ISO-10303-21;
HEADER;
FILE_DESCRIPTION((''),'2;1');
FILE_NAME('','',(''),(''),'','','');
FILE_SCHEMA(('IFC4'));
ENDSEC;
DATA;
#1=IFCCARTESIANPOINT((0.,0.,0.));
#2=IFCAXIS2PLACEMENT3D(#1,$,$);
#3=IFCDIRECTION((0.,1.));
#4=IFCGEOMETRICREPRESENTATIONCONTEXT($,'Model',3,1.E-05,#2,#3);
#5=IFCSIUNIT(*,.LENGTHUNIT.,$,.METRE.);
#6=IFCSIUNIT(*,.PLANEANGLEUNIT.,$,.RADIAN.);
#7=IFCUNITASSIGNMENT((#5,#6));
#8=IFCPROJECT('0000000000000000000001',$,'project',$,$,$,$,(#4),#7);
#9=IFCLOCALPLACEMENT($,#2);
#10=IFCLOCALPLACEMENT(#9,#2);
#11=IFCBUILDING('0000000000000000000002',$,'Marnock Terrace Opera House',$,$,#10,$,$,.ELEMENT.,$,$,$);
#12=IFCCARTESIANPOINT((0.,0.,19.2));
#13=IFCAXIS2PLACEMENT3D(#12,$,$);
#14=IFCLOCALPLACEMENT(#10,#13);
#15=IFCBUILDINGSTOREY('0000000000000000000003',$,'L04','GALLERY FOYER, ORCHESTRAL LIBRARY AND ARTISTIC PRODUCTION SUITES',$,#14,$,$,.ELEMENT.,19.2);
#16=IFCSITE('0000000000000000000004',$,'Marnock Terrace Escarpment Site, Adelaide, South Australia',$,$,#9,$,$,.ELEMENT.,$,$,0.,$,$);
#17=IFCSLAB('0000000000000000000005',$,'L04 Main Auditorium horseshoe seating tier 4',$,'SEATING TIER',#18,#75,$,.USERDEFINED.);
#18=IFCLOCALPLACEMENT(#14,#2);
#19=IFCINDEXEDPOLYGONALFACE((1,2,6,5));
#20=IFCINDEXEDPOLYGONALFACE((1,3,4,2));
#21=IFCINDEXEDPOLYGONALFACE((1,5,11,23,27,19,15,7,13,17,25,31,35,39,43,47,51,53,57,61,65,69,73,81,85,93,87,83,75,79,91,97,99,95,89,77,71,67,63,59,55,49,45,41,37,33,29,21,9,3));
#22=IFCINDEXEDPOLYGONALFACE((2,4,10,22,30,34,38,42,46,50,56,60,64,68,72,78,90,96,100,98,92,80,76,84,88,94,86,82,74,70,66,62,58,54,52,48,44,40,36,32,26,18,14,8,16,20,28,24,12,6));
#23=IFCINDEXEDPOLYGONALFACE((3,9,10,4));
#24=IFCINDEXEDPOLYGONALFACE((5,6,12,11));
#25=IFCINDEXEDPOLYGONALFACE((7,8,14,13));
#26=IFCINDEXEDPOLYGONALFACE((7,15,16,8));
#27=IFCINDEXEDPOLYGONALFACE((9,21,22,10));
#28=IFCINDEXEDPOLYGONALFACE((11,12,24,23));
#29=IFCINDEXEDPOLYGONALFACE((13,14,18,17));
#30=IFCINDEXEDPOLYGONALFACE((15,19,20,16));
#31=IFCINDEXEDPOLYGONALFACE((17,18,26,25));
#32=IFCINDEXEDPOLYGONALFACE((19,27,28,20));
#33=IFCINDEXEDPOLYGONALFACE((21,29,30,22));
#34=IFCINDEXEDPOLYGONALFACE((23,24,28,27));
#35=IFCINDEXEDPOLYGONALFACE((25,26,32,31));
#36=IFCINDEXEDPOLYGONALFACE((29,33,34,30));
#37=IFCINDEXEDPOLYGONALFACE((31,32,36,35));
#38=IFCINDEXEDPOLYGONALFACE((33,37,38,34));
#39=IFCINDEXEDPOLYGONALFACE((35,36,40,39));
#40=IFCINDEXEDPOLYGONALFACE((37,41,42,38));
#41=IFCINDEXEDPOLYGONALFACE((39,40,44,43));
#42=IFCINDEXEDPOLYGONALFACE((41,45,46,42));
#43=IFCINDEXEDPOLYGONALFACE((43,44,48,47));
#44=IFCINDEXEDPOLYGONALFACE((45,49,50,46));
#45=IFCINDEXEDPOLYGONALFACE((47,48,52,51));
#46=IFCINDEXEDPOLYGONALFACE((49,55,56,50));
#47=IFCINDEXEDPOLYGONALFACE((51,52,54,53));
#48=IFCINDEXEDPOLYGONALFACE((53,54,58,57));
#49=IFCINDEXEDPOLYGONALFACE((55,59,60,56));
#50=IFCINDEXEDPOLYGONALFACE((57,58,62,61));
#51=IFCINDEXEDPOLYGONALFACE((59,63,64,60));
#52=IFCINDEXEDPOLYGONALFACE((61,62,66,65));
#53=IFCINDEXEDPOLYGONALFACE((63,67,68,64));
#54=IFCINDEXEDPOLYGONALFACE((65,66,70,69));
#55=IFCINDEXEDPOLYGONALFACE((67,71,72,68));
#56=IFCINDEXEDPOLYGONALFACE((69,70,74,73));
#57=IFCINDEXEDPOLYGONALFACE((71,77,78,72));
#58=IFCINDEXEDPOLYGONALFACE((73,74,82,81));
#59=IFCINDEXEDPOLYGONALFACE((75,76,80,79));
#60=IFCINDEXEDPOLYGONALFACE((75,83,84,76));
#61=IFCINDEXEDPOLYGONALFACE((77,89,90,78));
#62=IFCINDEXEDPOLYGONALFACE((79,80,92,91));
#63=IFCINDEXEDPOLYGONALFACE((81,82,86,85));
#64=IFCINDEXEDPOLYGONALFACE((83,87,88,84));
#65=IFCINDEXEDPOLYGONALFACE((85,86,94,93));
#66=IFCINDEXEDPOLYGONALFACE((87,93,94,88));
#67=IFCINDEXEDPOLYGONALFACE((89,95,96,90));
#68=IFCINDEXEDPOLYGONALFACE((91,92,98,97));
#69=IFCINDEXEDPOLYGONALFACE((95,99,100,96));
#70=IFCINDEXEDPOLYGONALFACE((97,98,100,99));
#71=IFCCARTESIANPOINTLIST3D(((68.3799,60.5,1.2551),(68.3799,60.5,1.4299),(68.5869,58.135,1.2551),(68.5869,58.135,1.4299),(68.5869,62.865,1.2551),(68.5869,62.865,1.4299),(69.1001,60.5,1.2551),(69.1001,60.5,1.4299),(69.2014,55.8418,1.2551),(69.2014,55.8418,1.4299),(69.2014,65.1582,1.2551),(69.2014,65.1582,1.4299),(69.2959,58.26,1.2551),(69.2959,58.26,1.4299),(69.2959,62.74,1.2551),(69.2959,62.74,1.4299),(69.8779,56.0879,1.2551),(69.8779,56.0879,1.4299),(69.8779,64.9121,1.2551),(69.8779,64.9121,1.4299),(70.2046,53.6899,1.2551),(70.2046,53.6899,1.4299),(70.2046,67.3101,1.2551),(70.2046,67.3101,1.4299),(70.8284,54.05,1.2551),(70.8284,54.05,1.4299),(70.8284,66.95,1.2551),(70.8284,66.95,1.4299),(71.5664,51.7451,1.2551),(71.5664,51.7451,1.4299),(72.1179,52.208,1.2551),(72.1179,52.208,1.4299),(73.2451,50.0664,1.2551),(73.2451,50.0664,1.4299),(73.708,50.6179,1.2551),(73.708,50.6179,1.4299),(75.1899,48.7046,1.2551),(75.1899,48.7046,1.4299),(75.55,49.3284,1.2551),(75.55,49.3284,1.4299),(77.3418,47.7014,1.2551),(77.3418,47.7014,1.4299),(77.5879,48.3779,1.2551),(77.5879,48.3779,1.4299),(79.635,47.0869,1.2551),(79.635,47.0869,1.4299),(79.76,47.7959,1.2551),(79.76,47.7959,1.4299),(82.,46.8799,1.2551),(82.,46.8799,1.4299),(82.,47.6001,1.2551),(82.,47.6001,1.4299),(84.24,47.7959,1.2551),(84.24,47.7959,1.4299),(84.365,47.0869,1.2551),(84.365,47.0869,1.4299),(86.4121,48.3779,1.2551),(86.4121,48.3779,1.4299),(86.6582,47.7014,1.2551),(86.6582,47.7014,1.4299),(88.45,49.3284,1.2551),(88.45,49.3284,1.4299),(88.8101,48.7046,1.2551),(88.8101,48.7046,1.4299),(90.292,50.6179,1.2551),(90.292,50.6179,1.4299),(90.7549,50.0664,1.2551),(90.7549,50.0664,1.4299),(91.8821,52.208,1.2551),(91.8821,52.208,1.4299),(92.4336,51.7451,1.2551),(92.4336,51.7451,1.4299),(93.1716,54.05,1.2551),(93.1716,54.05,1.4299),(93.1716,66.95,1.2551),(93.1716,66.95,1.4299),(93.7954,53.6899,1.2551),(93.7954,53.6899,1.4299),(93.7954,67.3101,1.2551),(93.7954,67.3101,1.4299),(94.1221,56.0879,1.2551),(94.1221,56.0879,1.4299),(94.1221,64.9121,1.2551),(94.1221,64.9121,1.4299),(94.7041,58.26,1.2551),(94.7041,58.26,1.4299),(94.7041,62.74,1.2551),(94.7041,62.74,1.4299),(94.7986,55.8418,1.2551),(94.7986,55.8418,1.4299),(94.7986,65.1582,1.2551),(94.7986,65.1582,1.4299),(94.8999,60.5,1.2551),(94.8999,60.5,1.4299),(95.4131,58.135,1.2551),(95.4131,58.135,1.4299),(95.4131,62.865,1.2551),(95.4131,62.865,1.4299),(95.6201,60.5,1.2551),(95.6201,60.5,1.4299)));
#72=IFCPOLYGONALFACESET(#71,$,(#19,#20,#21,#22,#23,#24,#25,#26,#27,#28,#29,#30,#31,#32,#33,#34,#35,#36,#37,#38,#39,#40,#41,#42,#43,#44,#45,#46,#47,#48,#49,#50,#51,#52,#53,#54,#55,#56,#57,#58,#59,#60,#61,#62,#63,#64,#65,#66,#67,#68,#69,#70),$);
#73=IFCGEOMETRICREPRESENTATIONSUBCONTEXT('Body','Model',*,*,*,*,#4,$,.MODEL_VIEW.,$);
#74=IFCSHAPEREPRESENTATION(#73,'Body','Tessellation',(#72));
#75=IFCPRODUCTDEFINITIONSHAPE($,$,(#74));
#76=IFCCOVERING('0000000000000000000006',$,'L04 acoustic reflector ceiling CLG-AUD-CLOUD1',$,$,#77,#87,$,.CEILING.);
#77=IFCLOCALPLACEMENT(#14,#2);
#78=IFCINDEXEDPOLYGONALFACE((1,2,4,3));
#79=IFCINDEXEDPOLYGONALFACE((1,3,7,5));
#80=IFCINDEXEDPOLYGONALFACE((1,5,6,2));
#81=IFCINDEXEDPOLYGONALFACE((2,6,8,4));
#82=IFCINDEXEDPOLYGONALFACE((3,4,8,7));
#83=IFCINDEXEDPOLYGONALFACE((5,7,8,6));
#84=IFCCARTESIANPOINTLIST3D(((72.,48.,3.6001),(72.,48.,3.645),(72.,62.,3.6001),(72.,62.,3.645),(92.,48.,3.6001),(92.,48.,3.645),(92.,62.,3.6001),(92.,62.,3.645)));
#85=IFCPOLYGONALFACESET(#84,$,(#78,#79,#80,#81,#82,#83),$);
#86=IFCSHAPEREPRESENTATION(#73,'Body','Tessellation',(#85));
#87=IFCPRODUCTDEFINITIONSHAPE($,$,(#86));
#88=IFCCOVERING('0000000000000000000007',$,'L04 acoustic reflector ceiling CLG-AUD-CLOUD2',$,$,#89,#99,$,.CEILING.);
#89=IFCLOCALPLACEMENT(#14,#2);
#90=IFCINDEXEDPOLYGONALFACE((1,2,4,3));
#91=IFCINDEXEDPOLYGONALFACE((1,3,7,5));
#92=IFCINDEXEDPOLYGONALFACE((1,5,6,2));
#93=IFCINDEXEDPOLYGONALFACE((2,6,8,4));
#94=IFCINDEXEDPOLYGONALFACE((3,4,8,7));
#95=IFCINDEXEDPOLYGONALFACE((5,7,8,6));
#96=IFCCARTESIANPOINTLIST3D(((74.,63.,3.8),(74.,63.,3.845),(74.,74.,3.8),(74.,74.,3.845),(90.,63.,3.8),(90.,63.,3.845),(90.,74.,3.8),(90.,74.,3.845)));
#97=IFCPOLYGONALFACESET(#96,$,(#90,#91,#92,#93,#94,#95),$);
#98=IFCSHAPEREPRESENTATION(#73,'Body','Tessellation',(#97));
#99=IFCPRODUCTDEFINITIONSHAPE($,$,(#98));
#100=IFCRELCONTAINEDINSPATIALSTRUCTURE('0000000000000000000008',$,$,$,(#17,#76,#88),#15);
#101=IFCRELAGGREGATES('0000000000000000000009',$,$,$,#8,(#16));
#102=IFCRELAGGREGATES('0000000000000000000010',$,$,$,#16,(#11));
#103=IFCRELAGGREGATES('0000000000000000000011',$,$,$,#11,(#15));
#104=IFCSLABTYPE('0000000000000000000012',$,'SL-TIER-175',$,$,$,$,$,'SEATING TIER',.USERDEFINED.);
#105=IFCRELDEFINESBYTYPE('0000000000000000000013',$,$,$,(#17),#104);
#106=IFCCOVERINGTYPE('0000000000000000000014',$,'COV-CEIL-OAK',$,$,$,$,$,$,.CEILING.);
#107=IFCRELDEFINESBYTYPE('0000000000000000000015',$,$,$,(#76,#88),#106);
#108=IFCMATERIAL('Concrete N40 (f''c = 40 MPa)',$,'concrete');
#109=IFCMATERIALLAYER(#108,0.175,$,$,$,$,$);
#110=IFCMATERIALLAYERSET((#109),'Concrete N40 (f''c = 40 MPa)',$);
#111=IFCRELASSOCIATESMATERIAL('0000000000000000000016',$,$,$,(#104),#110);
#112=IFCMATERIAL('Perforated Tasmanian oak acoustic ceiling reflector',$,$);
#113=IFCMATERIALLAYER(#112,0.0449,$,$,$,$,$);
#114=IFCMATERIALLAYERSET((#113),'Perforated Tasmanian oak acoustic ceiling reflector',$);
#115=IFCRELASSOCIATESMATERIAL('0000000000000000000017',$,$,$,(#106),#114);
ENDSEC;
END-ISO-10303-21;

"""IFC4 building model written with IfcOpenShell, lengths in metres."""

from ifc_helpers import new_model, si_unit, direction, frame, origin, place, context, subcontext, project, spatial, polyline, outline, extrude, material, layer, layer_set, type_object, element, save


model = new_model("IFC4")

# Units and contexts
model_context = context("Model", 3, precision=1e-05, world=origin(), true_north=direction((0.0, 1.0)))
body_context = subcontext(model_context, "Body", "Model", "MODEL_VIEW")
ifc_project = project(units=[si_unit("LENGTHUNIT", "METRE"), si_unit("PLANEANGLEUNIT", "RADIAN")], contexts=[model_context])

# Site, building, storey
site_placement = place(None, origin())
site = spatial("IfcSite", under=ifc_project, at=site_placement, Name="Marnock Terrace Escarpment Site, Adelaide, South Australia", CompositionType="ELEMENT", RefElevation=0.0)
building_placement = place(site_placement, origin())
building = spatial("IfcBuilding", under=site, at=building_placement, Name="Marnock Terrace Opera House", CompositionType="ELEMENT")
storey_placement = place(building_placement, frame((0.0, 0.0, 19.2)))
storey = spatial("IfcBuildingStorey", under=building, at=storey_placement, Name="L04", Description="GALLERY FOYER, ORCHESTRAL LIBRARY AND ARTISTIC PRODUCTION SUITES", CompositionType="ELEMENT", Elevation=19.2)

# Shared definitions
ifc_material_1 = material(Name="Concrete N40 (f'c = 40 MPa)", Category="concrete")

# Slab
ifc_layer_1 = layer(ifc_material_1, 0.175)
ifc_layer_set_1 = layer_set([ifc_layer_1], Name="Concrete N40 (f'c = 40 MPa)")
slab_type_1 = type_object("IfcSlabType", Name="SL-TIER-175", ElementType="SEATING TIER", PredefinedType="USERDEFINED", material=ifc_layer_set_1)
slab_1_placement = place(storey_placement, frame((0.0, 0.0, 1.2551)))
element("IfcSlab", 1, at=slab_1_placement, inside=storey, type_object=slab_type_1, Name="L04 Main Auditorium horseshoe seating tier 4", ObjectType="SEATING TIER", PredefinedType="USERDEFINED", context=body_context, shape_type="SweptSolid", body=[
    extrude(outline(polyline([(70.2046, 67.3101), (69.2014, 65.1582), (68.5869, 62.865), (68.3799, 60.5), (68.5869, 58.135), (69.2014, 55.8418), (70.2046, 53.6899), (71.5664, 51.7451), (73.2451, 50.0664), (75.1899, 48.7046), (77.3418, 47.7014), (79.635, 47.0869), (82.0, 46.8799), (84.365, 47.0869), (86.6582, 47.7014), (88.8101, 48.7046), (90.7549, 50.0664), (92.4336, 51.7451), (93.7954, 53.6899), (94.7986, 55.8418), (95.4131, 58.135), (95.6201, 60.5), (95.4131, 62.865), (94.7986, 65.1582), (93.7954, 67.3101), (93.1716, 66.95), (94.1221, 64.9121), (94.7041, 62.74), (94.8999, 60.5), (94.7041, 58.26), (94.1221, 56.0879), (93.1716, 54.05), (91.8821, 52.208), (90.292, 50.6179), (88.45, 49.3284), (86.4121, 48.3779), (84.24, 47.7959), (82.0, 47.6001), (79.76, 47.7959), (77.5879, 48.3779), (75.55, 49.3284), (73.708, 50.6179), (72.1179, 52.208), (70.8284, 54.05), (69.8779, 56.0879), (69.2959, 58.26), (69.1001, 60.5), (69.2959, 62.74), (69.8779, 64.9121), (70.8284, 66.95), (70.2046, 67.3101)])), origin(), (0.0, 0.0, 1.0), 0.1748),
])

# Coverings
ifc_material_2 = material(Name="Perforated Tasmanian oak acoustic ceiling reflector")
ifc_layer_2 = layer(ifc_material_2, 0.0449)
ifc_layer_set_2 = layer_set([ifc_layer_2], Name="Perforated Tasmanian oak acoustic ceiling reflector")
covering_type = type_object("IfcCoveringType", Name="COV-CEIL-OAK", PredefinedType="CEILING", material=ifc_layer_set_2)
covering_1_placement = place(storey_placement, frame((0.0, 0.0, 3.6001)))
element("IfcCovering", 2, at=covering_1_placement, inside=storey, type_object=covering_type, Name="L04 acoustic reflector ceiling CLG-AUD-CLOUD1", PredefinedType="CEILING", context=body_context, shape_type="SweptSolid", body=[
    extrude(outline(polyline([(72.0, 48.0), (92.0, 48.0), (92.0, 62.0), (72.0, 62.0), (72.0, 48.0)])), origin(), (0.0, 0.0, 1.0), 0.0449),
])
covering_2_placement = place(storey_placement, frame((0.0, 0.0, 3.8)))
element("IfcCovering", 3, at=covering_2_placement, inside=storey, type_object=covering_type, Name="L04 acoustic reflector ceiling CLG-AUD-CLOUD2", PredefinedType="CEILING", context=body_context, shape_type="SweptSolid", body=[
    extrude(outline(polyline([(74.0, 63.0), (90.0, 63.0), (90.0, 74.0), (74.0, 74.0), (74.0, 63.0)])), origin(), (0.0, 0.0, 1.0), 0.0449),
])

save(model, "model.ifc")
